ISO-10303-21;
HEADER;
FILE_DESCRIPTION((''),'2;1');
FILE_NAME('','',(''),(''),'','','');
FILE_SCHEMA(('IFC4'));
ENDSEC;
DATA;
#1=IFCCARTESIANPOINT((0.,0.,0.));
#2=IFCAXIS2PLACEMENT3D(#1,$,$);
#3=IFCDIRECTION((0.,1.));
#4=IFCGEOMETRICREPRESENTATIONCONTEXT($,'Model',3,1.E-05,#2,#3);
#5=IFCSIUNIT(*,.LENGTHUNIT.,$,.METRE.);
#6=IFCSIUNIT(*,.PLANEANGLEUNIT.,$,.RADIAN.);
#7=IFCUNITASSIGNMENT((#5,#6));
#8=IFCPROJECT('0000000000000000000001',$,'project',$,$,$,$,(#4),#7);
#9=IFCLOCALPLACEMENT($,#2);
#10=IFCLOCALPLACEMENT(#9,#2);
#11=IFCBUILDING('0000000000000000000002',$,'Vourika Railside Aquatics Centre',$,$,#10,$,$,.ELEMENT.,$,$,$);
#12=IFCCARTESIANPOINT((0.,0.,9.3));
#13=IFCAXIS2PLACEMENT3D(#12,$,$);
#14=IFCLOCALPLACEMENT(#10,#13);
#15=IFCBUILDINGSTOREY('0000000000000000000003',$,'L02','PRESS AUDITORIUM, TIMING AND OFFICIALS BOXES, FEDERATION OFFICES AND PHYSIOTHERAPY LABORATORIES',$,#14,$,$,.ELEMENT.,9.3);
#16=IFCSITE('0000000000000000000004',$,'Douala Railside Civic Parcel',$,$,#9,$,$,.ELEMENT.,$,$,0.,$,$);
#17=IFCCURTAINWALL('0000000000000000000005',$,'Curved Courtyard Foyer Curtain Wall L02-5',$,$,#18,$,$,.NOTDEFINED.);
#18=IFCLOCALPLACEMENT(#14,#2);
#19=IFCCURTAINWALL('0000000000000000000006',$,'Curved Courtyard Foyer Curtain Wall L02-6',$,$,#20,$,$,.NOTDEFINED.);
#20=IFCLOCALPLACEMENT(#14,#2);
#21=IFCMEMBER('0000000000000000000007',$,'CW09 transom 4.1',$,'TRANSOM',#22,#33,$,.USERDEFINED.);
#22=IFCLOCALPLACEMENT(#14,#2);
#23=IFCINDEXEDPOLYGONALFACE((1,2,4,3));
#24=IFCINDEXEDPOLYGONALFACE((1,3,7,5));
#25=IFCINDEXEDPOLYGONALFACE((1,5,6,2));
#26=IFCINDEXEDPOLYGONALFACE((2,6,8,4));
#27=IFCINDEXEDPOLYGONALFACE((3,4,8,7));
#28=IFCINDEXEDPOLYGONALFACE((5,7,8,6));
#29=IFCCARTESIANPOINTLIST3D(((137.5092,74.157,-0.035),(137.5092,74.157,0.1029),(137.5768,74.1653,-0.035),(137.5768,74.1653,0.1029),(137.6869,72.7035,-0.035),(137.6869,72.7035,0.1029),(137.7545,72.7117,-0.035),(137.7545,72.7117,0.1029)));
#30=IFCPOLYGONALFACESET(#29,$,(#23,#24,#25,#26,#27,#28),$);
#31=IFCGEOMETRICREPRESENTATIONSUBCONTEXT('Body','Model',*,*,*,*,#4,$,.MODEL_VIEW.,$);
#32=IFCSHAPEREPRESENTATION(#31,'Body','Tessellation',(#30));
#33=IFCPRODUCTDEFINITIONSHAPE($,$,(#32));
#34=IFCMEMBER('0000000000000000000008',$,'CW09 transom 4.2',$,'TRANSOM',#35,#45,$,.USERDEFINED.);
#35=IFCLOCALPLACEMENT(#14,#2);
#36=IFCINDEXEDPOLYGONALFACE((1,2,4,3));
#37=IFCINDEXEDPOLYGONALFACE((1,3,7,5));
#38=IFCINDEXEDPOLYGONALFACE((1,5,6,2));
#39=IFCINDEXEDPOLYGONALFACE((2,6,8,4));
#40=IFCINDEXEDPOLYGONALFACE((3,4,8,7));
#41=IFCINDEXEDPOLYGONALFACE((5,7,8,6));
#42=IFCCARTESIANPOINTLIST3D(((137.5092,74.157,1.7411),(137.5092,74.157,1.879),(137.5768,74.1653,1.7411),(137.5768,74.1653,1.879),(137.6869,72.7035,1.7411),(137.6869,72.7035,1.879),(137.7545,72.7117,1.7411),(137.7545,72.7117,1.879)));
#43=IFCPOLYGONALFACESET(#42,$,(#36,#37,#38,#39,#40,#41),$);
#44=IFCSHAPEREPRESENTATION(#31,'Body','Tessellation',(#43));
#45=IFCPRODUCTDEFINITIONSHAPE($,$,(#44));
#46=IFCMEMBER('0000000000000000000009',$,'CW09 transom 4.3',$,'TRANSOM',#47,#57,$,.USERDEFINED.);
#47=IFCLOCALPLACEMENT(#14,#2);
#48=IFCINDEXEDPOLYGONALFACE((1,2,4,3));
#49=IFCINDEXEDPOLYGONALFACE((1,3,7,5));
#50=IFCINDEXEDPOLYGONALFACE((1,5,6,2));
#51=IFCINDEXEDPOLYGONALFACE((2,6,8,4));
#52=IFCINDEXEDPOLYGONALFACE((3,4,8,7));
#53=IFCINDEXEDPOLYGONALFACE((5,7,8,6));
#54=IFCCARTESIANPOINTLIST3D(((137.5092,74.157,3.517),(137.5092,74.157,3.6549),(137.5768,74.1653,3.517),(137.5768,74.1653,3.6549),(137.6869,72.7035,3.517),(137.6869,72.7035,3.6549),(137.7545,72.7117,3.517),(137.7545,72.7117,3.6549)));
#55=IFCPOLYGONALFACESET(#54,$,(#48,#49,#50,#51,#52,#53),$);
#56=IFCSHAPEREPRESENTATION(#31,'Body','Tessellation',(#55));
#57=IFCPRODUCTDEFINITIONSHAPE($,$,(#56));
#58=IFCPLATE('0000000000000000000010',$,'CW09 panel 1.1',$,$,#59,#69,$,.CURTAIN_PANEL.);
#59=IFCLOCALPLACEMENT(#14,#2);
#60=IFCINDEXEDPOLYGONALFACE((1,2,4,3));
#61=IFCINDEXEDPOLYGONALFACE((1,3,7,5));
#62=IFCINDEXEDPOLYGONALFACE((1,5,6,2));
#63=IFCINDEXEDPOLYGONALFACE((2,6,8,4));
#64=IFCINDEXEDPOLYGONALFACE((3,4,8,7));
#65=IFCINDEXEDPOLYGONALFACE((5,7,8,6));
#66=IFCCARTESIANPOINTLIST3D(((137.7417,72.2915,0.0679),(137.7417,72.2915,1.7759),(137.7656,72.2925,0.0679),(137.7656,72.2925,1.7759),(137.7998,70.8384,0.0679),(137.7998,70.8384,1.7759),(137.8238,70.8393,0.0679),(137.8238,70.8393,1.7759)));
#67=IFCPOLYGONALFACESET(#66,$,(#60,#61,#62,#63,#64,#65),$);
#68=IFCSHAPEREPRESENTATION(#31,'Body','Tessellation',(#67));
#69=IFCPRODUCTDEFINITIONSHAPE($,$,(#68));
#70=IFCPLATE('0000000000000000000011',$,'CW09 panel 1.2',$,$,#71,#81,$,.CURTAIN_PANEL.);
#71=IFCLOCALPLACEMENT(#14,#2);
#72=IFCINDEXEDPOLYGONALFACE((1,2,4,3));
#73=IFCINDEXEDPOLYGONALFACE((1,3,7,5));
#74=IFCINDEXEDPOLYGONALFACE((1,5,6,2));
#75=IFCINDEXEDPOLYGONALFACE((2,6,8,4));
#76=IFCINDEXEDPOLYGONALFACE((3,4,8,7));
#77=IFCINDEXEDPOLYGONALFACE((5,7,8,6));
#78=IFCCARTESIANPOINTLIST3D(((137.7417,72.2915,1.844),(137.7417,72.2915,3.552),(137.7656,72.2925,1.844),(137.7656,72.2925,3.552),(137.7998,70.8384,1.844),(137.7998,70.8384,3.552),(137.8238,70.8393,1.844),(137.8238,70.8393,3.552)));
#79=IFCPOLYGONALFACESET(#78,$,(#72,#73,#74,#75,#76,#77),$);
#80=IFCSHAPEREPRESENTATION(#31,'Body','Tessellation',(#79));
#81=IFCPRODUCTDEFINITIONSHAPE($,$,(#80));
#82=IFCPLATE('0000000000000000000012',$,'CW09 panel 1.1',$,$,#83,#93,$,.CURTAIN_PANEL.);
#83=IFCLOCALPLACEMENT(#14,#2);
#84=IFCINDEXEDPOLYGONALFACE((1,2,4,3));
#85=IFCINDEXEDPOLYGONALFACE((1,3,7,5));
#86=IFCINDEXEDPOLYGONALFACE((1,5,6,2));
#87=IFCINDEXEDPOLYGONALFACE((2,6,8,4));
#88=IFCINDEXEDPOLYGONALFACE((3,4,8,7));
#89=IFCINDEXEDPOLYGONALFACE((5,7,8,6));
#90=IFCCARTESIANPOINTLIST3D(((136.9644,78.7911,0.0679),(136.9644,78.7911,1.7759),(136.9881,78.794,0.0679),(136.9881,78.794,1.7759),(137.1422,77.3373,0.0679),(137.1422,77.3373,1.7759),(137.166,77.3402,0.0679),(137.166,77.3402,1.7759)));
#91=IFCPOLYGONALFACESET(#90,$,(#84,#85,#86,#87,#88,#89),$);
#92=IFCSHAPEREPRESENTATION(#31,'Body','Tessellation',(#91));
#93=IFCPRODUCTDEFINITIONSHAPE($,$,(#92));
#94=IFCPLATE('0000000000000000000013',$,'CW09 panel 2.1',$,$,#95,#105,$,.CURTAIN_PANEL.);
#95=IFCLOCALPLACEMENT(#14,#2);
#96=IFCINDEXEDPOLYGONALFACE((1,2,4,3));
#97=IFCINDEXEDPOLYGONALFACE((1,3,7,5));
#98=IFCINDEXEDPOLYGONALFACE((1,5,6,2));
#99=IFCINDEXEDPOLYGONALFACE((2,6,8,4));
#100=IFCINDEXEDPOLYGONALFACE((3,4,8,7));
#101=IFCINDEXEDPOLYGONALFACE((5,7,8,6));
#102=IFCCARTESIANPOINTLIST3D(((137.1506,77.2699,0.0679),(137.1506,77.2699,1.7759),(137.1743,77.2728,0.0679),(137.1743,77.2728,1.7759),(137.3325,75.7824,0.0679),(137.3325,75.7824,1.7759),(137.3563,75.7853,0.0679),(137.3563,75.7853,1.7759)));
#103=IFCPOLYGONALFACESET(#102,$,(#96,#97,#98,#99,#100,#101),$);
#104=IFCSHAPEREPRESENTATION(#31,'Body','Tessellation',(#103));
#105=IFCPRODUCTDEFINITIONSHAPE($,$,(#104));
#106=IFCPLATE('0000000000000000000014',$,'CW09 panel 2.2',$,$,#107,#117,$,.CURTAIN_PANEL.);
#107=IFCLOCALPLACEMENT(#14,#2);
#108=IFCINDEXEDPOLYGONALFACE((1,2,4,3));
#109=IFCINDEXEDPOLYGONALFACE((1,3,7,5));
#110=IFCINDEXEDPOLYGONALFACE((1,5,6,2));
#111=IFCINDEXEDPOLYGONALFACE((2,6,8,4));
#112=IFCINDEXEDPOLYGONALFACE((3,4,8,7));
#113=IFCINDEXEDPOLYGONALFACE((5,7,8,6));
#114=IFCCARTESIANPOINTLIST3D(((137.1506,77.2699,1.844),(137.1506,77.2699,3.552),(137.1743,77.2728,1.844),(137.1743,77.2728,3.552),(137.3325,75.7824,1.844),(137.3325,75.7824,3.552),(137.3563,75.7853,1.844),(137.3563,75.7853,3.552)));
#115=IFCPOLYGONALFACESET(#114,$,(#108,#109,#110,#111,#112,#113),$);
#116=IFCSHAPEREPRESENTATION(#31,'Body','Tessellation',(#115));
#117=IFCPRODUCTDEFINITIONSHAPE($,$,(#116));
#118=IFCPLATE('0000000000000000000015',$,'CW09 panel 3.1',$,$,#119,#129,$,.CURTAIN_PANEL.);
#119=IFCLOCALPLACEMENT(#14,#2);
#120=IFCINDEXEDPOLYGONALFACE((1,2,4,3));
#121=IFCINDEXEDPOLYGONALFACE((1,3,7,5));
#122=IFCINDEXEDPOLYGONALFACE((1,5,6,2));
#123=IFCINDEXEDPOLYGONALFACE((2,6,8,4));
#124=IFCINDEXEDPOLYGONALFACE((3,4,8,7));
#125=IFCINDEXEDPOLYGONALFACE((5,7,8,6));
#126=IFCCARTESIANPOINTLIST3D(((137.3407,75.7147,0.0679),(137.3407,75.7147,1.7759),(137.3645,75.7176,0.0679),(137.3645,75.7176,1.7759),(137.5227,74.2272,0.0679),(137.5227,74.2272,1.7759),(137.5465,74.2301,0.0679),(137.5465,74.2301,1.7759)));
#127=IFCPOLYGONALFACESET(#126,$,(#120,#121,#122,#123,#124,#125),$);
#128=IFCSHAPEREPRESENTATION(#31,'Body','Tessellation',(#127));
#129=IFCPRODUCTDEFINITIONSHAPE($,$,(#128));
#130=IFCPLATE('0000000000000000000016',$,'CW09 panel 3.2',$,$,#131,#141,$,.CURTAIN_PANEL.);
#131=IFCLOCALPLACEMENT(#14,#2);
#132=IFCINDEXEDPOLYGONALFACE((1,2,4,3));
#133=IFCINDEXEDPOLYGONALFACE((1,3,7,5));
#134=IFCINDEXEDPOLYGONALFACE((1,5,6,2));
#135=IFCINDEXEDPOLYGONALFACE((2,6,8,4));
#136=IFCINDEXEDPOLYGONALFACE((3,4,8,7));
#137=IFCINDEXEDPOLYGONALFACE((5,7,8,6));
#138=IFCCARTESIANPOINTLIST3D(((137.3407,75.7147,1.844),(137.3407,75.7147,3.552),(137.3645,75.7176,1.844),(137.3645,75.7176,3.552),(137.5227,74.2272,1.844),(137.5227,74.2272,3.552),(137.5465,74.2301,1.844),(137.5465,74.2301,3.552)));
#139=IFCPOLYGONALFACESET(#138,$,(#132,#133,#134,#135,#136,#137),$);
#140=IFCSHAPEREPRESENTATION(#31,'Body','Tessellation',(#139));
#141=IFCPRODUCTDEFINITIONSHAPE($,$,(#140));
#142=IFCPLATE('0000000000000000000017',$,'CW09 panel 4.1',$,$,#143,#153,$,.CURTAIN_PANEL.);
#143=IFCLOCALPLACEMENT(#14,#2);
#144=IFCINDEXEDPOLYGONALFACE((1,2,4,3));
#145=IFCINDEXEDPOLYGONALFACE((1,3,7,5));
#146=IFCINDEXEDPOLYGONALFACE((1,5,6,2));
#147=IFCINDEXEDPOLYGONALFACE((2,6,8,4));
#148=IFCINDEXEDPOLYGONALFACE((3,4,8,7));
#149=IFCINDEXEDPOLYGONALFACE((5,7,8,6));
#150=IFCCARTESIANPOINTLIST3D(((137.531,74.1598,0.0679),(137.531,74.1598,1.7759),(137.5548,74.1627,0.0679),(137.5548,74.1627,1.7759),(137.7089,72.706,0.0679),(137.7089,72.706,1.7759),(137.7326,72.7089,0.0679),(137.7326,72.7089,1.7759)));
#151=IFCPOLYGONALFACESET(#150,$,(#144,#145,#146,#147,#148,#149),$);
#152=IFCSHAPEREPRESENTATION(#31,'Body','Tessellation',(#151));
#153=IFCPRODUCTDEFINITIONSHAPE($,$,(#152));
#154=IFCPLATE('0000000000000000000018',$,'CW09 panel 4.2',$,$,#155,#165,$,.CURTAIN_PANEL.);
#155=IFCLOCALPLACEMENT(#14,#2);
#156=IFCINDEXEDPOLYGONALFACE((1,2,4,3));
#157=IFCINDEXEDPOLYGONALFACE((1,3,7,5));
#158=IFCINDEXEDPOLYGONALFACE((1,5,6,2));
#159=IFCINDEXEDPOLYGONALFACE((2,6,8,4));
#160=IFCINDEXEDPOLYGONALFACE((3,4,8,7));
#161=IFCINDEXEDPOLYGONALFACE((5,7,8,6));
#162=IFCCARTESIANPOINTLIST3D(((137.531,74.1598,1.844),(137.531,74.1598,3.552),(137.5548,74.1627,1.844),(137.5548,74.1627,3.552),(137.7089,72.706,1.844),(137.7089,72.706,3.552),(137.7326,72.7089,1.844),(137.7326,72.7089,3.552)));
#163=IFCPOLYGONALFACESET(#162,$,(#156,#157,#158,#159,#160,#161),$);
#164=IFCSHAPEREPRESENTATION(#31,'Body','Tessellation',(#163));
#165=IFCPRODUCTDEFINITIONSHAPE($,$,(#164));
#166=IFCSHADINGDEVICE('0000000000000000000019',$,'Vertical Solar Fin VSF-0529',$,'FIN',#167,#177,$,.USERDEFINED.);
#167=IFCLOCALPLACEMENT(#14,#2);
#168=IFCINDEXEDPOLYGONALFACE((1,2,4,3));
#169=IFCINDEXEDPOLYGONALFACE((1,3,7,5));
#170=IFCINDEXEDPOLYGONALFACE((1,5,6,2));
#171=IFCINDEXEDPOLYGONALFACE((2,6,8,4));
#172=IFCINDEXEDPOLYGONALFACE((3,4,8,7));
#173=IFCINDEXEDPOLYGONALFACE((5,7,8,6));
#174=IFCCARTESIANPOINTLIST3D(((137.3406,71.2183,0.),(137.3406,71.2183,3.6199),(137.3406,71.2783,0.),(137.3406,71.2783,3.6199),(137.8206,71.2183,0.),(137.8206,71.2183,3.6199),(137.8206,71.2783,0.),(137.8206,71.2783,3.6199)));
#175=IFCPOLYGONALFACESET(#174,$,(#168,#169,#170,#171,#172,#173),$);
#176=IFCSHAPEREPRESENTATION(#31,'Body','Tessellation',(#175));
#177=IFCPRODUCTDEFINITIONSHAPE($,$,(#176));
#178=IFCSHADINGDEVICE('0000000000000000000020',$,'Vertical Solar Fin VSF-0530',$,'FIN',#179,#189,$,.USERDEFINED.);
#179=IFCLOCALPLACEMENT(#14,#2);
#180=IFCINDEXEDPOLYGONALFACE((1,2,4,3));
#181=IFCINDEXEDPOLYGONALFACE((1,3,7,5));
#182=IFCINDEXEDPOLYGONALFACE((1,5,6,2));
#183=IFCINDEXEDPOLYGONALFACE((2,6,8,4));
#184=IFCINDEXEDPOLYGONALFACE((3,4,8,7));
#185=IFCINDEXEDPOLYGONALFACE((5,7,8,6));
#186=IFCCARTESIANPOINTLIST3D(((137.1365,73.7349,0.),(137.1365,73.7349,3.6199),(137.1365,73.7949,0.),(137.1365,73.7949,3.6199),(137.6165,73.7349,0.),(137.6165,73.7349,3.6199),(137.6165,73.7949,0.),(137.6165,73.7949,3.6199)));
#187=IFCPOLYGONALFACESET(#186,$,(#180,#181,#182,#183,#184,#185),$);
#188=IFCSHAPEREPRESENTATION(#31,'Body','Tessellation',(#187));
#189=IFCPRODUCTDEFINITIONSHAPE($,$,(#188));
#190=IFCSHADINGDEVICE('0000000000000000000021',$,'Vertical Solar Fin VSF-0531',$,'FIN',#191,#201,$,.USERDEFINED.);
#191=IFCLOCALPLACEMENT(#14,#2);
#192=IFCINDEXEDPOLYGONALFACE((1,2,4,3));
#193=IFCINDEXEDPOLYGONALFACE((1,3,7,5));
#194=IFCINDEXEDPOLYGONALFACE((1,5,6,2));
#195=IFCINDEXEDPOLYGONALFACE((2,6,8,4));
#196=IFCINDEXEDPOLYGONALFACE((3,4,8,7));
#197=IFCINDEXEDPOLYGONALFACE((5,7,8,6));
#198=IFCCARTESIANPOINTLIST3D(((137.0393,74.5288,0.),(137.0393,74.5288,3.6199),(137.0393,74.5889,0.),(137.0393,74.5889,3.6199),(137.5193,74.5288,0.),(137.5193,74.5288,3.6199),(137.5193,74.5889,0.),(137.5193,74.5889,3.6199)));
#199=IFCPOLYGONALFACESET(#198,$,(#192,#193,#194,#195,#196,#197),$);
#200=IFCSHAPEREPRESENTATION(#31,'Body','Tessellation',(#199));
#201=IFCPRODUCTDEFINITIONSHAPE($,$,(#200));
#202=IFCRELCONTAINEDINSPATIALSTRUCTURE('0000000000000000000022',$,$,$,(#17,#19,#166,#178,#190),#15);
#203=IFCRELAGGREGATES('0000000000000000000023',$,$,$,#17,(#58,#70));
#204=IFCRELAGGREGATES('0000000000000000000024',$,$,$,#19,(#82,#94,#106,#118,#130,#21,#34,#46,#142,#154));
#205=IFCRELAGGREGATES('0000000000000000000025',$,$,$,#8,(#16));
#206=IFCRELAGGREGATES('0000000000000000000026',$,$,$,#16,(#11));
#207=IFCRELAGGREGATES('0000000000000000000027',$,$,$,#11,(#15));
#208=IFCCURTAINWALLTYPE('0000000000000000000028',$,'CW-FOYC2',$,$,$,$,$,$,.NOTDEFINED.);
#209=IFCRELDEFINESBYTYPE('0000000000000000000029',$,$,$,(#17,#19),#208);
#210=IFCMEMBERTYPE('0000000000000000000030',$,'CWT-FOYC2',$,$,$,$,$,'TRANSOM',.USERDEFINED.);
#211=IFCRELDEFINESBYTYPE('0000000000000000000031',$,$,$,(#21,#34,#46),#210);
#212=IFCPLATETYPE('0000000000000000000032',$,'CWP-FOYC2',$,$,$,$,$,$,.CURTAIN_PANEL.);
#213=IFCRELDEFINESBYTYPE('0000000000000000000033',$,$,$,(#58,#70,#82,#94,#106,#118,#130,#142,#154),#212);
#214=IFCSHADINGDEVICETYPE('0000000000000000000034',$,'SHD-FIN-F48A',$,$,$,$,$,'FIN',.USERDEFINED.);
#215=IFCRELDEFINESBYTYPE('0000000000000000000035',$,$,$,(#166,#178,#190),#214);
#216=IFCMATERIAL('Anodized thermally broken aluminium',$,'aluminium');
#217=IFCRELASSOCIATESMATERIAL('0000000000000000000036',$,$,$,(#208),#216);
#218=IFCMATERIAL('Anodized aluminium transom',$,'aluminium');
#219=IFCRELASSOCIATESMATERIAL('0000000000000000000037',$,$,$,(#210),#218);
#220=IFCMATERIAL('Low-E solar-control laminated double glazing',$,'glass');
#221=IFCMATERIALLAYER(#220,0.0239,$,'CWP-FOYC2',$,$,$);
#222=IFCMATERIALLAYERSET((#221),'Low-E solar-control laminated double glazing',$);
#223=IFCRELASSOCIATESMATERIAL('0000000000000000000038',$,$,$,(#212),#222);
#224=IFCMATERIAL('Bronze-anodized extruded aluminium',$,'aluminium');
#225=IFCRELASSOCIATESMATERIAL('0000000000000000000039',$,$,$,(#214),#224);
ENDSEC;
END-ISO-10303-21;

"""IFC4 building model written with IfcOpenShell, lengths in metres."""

from ifc_helpers import new_model, si_unit, direction, frame, origin, origin_2d, place, context, subcontext, project, spatial, rectangle, extrude, material, layer, layer_set, material_profile, profile_set, type_object, element, aggregate, save


model = new_model("IFC4")

# Units and contexts
model_context = context("Model", 3, precision=1e-05, world=origin(), true_north=direction((0.0, 1.0)))
body_context = subcontext(model_context, "Body", "Model", "MODEL_VIEW")
ifc_project = project(units=[si_unit("LENGTHUNIT", "METRE"), si_unit("PLANEANGLEUNIT", "RADIAN")], contexts=[model_context])

# Site, building, storey
site_placement = place(None, origin())
site = spatial("IfcSite", under=ifc_project, at=site_placement, Name="Douala Railside Civic Parcel", CompositionType="ELEMENT", RefElevation=0.0)
building_placement = place(site_placement, origin())
building = spatial("IfcBuilding", under=site, at=building_placement, Name="Vourika Railside Aquatics Centre", CompositionType="ELEMENT")
storey_placement = place(building_placement, frame((0.0, 0.0, 9.3)))
storey = spatial("IfcBuildingStorey", under=building, at=storey_placement, Name="L02", Description="PRESS AUDITORIUM, TIMING AND OFFICIALS BOXES, FEDERATION OFFICES AND PHYSIOTHERAPY LABORATORIES", CompositionType="ELEMENT", Elevation=9.3)

# Curtain wall
ifc_material_1 = material(Name="Anodized thermally broken aluminium", Category="aluminium")
curtain_wall_type = type_object("IfcCurtainWallType", Name="CW-FOYC2", PredefinedType="NOTDEFINED", material=ifc_material_1)
curtain_wall_1_placement = place(storey_placement, origin())
curtain_wall_1 = element("IfcCurtainWall", 1, at=curtain_wall_1_placement, inside=storey, type_object=curtain_wall_type, Name="Curved Courtyard Foyer Curtain Wall L02-5", PredefinedType="NOTDEFINED")

# Curtain wall
curtain_wall_2_placement = place(storey_placement, origin())
curtain_wall_2 = element("IfcCurtainWall", 2, at=curtain_wall_2_placement, inside=storey, type_object=curtain_wall_type, Name="Curved Courtyard Foyer Curtain Wall L02-6", PredefinedType="NOTDEFINED")

# Members
ifc_material_2 = material(Name="Anodized aluminium transom", Category="aluminium")
ifc_material_profile_1 = material_profile(ifc_material_2, rectangle(XDim=0.0681, YDim=0.1379, at=origin_2d()), Name="ALU-T 68x138")
ifc_profile_set_1 = profile_set([ifc_material_profile_1], Name="Anodized aluminium transom")
member_type_1 = type_object("IfcMemberType", Name="CWT-FOYC2", ElementType="TRANSOM", PredefinedType="USERDEFINED", material=ifc_profile_set_1)
member_1_placement = place(storey_placement, frame((137.543, 74.1611, 0.0339), z_axis=(0.121367, -0.992608, 0.0), x_axis=(0.992608, 0.121367, 0.0)))
member_1 = element("IfcMember", 3, at=member_1_placement, type_object=member_type_1, Name="CW09 transom 4.1", ObjectType="TRANSOM", PredefinedType="USERDEFINED", context=body_context, shape_type="SweptSolid", body=[
    extrude(rectangle(XDim=0.0681, YDim=0.1379, at=origin_2d()), origin(), (0.0, 0.0, 1.0), 1.4644),
])
member_2_placement = place(storey_placement, frame((137.543, 74.1611, 1.8101), z_axis=(0.121367, -0.992608, 0.0), x_axis=(0.992608, 0.121367, 0.0)))
member_2 = element("IfcMember", 4, at=member_2_placement, type_object=member_type_1, Name="CW09 transom 4.2", ObjectType="TRANSOM", PredefinedType="USERDEFINED", context=body_context, shape_type="SweptSolid", body=[
    extrude(rectangle(XDim=0.0681, YDim=0.1379, at=origin_2d()), origin(), (0.0, 0.0, 1.0), 1.4644),
])
member_3_placement = place(storey_placement, frame((137.543, 74.1611, 3.5859), z_axis=(0.121367, -0.992608, 0.0), x_axis=(0.992608, 0.121367, 0.0)))
member_3 = element("IfcMember", 5, at=member_3_placement, type_object=member_type_1, Name="CW09 transom 4.3", ObjectType="TRANSOM", PredefinedType="USERDEFINED", context=body_context, shape_type="SweptSolid", body=[
    extrude(rectangle(XDim=0.0681, YDim=0.1379, at=origin_2d()), origin(), (0.0, 0.0, 1.0), 1.4644),
])

# Plates
ifc_material_3 = material(Name="Low-E solar-control laminated double glazing", Category="glass")
ifc_layer = layer(ifc_material_3, 0.0239, Name="CWP-FOYC2")
ifc_layer_set = layer_set([ifc_layer], Name="Low-E solar-control laminated double glazing")
plate_type = type_object("IfcPlateType", Name="CWP-FOYC2", PredefinedType="CURTAIN_PANEL", material=ifc_layer_set)
plate_1_placement = place(storey_placement, frame((137.7827, 71.5654, 0.0679), z_axis=(0.0, 0.0, 1.0), x_axis=(0.04, -0.9992, 0.0)))
plate_1 = element("IfcPlate", 6, at=plate_1_placement, type_object=plate_type, Name="CW09 panel 1.1", PredefinedType="CURTAIN_PANEL", context=body_context, shape_type="SweptSolid", body=[
    extrude(rectangle(XDim=1.4543, YDim=0.0239, at=origin_2d()), origin(), (0.0, 0.0, 1.0), 1.708),
])
plate_2_placement = place(storey_placement, frame((137.7827, 71.5654, 1.844), z_axis=(0.0, 0.0, 1.0), x_axis=(0.04, -0.9992, 0.0)))
plate_2 = element("IfcPlate", 7, at=plate_2_placement, type_object=plate_type, Name="CW09 panel 1.2", PredefinedType="CURTAIN_PANEL", context=body_context, shape_type="SweptSolid", body=[
    extrude(rectangle(XDim=1.4543, YDim=0.0239, at=origin_2d()), origin(), (0.0, 0.0, 1.0), 1.708),
])
aggregate(curtain_wall_1, [plate_1, plate_2])
plate_3_placement = place(storey_placement, frame((137.0652, 78.0657, 0.0679), z_axis=(0.0, 0.0, 1.0), x_axis=(0.121442, -0.992599, 0.0)))
plate_3 = element("IfcPlate", 8, at=plate_3_placement, type_object=plate_type, Name="CW09 panel 1.1", PredefinedType="CURTAIN_PANEL", context=body_context, shape_type="SweptSolid", body=[
    extrude(rectangle(XDim=1.4646, YDim=0.0239, at=origin_2d()), origin(), (0.0, 0.0, 1.0), 1.708),
])
plate_4_placement = place(storey_placement, frame((137.2534, 76.5276, 0.0679), z_axis=(0.0, 0.0, 1.0), x_axis=(0.121442, -0.992599, 0.0)))
plate_4 = element("IfcPlate", 9, at=plate_4_placement, type_object=plate_type, Name="CW09 panel 2.1", PredefinedType="CURTAIN_PANEL", context=body_context, shape_type="SweptSolid", body=[
    extrude(rectangle(XDim=1.4985, YDim=0.0239, at=origin_2d()), origin(), (0.0, 0.0, 1.0), 1.708),
])
plate_5_placement = place(storey_placement, frame((137.2534, 76.5276, 1.844), z_axis=(0.0, 0.0, 1.0), x_axis=(0.121442, -0.992599, 0.0)))
plate_5 = element("IfcPlate", 10, at=plate_5_placement, type_object=plate_type, Name="CW09 panel 2.2", PredefinedType="CURTAIN_PANEL", context=body_context, shape_type="SweptSolid", body=[
    extrude(rectangle(XDim=1.4985, YDim=0.0239, at=origin_2d()), origin(), (0.0, 0.0, 1.0), 1.708),
])
plate_6_placement = place(storey_placement, frame((137.4436, 74.9724, 0.0679), z_axis=(0.0, 0.0, 1.0), x_axis=(0.121442, -0.992599, 0.0)))
plate_6 = element("IfcPlate", 11, at=plate_6_placement, type_object=plate_type, Name="CW09 panel 3.1", PredefinedType="CURTAIN_PANEL", context=body_context, shape_type="SweptSolid", body=[
    extrude(rectangle(XDim=1.4985, YDim=0.0239, at=origin_2d()), origin(), (0.0, 0.0, 1.0), 1.708),
])
plate_7_placement = place(storey_placement, frame((137.4436, 74.9724, 1.844), z_axis=(0.0, 0.0, 1.0), x_axis=(0.121442, -0.992599, 0.0)))
plate_7 = element("IfcPlate", 12, at=plate_7_placement, type_object=plate_type, Name="CW09 panel 3.2", PredefinedType="CURTAIN_PANEL", context=body_context, shape_type="SweptSolid", body=[
    extrude(rectangle(XDim=1.4985, YDim=0.0239, at=origin_2d()), origin(), (0.0, 0.0, 1.0), 1.708),
])
plate_8_placement = place(storey_placement, frame((137.6318, 73.4343, 0.0679), z_axis=(0.0, 0.0, 1.0), x_axis=(0.121442, -0.992599, 0.0)))
plate_8 = element("IfcPlate", 13, at=plate_8_placement, type_object=plate_type, Name="CW09 panel 4.1", PredefinedType="CURTAIN_PANEL", context=body_context, shape_type="SweptSolid", body=[
    extrude(rectangle(XDim=1.4646, YDim=0.0239, at=origin_2d()), origin(), (0.0, 0.0, 1.0), 1.708),
])
plate_9_placement = place(storey_placement, frame((137.6318, 73.4343, 1.844), z_axis=(0.0, 0.0, 1.0), x_axis=(0.121442, -0.992599, 0.0)))
plate_9 = element("IfcPlate", 14, at=plate_9_placement, type_object=plate_type, Name="CW09 panel 4.2", PredefinedType="CURTAIN_PANEL", context=body_context, shape_type="SweptSolid", body=[
    extrude(rectangle(XDim=1.4646, YDim=0.0239, at=origin_2d()), origin(), (0.0, 0.0, 1.0), 1.708),
])
aggregate(curtain_wall_2, [plate_3, plate_4, plate_5, plate_6, plate_7, member_1, member_2, member_3, plate_8, plate_9])

# Shading devices
ifc_material_4 = material(Name="Bronze-anodized extruded aluminium", Category="aluminium")
ifc_material_profile_2 = material_profile(ifc_material_4, rectangle(XDim=0.0601, YDim=0.48, at=origin_2d()), Name="ALU-FIN 60x480")
ifc_profile_set_2 = profile_set([ifc_material_profile_2], Name="Bronze-anodized extruded aluminium")
shading_device_type = type_object("IfcShadingDeviceType", Name="SHD-FIN-F48A", ElementType="FIN", PredefinedType="USERDEFINED", material=ifc_profile_set_2)
for number, where, z_axis, x_axis, name in (
    (15, (137.5806, 71.2483, 0.0), (0.0, 0.0, 1.0), (0.0, 1.0, 0.0), "Vertical Solar Fin VSF-0529"),
    (16, (137.3765, 73.7649, 0.0), (0.0, 0.0, 1.0), (0.0, 1.0, 0.0), "Vertical Solar Fin VSF-0530"),
    (17, (137.2793, 74.5588, 0.0), (0.0, 0.0, 1.0), (0.0, 1.0, 0.0), "Vertical Solar Fin VSF-0531"),
):
    element("IfcShadingDevice", number, at=place(storey_placement, frame(where, z_axis=z_axis, x_axis=x_axis)), inside=storey, type_object=shading_device_type, Name=name, ObjectType="FIN", PredefinedType="USERDEFINED", context=body_context, shape_type="SweptSolid", body=[
        extrude(rectangle(XDim=0.0601, YDim=0.48, at=origin_2d()), origin(), (0.0, 0.0, 1.0), 3.6199),
    ])

save(model, "model.ifc")
